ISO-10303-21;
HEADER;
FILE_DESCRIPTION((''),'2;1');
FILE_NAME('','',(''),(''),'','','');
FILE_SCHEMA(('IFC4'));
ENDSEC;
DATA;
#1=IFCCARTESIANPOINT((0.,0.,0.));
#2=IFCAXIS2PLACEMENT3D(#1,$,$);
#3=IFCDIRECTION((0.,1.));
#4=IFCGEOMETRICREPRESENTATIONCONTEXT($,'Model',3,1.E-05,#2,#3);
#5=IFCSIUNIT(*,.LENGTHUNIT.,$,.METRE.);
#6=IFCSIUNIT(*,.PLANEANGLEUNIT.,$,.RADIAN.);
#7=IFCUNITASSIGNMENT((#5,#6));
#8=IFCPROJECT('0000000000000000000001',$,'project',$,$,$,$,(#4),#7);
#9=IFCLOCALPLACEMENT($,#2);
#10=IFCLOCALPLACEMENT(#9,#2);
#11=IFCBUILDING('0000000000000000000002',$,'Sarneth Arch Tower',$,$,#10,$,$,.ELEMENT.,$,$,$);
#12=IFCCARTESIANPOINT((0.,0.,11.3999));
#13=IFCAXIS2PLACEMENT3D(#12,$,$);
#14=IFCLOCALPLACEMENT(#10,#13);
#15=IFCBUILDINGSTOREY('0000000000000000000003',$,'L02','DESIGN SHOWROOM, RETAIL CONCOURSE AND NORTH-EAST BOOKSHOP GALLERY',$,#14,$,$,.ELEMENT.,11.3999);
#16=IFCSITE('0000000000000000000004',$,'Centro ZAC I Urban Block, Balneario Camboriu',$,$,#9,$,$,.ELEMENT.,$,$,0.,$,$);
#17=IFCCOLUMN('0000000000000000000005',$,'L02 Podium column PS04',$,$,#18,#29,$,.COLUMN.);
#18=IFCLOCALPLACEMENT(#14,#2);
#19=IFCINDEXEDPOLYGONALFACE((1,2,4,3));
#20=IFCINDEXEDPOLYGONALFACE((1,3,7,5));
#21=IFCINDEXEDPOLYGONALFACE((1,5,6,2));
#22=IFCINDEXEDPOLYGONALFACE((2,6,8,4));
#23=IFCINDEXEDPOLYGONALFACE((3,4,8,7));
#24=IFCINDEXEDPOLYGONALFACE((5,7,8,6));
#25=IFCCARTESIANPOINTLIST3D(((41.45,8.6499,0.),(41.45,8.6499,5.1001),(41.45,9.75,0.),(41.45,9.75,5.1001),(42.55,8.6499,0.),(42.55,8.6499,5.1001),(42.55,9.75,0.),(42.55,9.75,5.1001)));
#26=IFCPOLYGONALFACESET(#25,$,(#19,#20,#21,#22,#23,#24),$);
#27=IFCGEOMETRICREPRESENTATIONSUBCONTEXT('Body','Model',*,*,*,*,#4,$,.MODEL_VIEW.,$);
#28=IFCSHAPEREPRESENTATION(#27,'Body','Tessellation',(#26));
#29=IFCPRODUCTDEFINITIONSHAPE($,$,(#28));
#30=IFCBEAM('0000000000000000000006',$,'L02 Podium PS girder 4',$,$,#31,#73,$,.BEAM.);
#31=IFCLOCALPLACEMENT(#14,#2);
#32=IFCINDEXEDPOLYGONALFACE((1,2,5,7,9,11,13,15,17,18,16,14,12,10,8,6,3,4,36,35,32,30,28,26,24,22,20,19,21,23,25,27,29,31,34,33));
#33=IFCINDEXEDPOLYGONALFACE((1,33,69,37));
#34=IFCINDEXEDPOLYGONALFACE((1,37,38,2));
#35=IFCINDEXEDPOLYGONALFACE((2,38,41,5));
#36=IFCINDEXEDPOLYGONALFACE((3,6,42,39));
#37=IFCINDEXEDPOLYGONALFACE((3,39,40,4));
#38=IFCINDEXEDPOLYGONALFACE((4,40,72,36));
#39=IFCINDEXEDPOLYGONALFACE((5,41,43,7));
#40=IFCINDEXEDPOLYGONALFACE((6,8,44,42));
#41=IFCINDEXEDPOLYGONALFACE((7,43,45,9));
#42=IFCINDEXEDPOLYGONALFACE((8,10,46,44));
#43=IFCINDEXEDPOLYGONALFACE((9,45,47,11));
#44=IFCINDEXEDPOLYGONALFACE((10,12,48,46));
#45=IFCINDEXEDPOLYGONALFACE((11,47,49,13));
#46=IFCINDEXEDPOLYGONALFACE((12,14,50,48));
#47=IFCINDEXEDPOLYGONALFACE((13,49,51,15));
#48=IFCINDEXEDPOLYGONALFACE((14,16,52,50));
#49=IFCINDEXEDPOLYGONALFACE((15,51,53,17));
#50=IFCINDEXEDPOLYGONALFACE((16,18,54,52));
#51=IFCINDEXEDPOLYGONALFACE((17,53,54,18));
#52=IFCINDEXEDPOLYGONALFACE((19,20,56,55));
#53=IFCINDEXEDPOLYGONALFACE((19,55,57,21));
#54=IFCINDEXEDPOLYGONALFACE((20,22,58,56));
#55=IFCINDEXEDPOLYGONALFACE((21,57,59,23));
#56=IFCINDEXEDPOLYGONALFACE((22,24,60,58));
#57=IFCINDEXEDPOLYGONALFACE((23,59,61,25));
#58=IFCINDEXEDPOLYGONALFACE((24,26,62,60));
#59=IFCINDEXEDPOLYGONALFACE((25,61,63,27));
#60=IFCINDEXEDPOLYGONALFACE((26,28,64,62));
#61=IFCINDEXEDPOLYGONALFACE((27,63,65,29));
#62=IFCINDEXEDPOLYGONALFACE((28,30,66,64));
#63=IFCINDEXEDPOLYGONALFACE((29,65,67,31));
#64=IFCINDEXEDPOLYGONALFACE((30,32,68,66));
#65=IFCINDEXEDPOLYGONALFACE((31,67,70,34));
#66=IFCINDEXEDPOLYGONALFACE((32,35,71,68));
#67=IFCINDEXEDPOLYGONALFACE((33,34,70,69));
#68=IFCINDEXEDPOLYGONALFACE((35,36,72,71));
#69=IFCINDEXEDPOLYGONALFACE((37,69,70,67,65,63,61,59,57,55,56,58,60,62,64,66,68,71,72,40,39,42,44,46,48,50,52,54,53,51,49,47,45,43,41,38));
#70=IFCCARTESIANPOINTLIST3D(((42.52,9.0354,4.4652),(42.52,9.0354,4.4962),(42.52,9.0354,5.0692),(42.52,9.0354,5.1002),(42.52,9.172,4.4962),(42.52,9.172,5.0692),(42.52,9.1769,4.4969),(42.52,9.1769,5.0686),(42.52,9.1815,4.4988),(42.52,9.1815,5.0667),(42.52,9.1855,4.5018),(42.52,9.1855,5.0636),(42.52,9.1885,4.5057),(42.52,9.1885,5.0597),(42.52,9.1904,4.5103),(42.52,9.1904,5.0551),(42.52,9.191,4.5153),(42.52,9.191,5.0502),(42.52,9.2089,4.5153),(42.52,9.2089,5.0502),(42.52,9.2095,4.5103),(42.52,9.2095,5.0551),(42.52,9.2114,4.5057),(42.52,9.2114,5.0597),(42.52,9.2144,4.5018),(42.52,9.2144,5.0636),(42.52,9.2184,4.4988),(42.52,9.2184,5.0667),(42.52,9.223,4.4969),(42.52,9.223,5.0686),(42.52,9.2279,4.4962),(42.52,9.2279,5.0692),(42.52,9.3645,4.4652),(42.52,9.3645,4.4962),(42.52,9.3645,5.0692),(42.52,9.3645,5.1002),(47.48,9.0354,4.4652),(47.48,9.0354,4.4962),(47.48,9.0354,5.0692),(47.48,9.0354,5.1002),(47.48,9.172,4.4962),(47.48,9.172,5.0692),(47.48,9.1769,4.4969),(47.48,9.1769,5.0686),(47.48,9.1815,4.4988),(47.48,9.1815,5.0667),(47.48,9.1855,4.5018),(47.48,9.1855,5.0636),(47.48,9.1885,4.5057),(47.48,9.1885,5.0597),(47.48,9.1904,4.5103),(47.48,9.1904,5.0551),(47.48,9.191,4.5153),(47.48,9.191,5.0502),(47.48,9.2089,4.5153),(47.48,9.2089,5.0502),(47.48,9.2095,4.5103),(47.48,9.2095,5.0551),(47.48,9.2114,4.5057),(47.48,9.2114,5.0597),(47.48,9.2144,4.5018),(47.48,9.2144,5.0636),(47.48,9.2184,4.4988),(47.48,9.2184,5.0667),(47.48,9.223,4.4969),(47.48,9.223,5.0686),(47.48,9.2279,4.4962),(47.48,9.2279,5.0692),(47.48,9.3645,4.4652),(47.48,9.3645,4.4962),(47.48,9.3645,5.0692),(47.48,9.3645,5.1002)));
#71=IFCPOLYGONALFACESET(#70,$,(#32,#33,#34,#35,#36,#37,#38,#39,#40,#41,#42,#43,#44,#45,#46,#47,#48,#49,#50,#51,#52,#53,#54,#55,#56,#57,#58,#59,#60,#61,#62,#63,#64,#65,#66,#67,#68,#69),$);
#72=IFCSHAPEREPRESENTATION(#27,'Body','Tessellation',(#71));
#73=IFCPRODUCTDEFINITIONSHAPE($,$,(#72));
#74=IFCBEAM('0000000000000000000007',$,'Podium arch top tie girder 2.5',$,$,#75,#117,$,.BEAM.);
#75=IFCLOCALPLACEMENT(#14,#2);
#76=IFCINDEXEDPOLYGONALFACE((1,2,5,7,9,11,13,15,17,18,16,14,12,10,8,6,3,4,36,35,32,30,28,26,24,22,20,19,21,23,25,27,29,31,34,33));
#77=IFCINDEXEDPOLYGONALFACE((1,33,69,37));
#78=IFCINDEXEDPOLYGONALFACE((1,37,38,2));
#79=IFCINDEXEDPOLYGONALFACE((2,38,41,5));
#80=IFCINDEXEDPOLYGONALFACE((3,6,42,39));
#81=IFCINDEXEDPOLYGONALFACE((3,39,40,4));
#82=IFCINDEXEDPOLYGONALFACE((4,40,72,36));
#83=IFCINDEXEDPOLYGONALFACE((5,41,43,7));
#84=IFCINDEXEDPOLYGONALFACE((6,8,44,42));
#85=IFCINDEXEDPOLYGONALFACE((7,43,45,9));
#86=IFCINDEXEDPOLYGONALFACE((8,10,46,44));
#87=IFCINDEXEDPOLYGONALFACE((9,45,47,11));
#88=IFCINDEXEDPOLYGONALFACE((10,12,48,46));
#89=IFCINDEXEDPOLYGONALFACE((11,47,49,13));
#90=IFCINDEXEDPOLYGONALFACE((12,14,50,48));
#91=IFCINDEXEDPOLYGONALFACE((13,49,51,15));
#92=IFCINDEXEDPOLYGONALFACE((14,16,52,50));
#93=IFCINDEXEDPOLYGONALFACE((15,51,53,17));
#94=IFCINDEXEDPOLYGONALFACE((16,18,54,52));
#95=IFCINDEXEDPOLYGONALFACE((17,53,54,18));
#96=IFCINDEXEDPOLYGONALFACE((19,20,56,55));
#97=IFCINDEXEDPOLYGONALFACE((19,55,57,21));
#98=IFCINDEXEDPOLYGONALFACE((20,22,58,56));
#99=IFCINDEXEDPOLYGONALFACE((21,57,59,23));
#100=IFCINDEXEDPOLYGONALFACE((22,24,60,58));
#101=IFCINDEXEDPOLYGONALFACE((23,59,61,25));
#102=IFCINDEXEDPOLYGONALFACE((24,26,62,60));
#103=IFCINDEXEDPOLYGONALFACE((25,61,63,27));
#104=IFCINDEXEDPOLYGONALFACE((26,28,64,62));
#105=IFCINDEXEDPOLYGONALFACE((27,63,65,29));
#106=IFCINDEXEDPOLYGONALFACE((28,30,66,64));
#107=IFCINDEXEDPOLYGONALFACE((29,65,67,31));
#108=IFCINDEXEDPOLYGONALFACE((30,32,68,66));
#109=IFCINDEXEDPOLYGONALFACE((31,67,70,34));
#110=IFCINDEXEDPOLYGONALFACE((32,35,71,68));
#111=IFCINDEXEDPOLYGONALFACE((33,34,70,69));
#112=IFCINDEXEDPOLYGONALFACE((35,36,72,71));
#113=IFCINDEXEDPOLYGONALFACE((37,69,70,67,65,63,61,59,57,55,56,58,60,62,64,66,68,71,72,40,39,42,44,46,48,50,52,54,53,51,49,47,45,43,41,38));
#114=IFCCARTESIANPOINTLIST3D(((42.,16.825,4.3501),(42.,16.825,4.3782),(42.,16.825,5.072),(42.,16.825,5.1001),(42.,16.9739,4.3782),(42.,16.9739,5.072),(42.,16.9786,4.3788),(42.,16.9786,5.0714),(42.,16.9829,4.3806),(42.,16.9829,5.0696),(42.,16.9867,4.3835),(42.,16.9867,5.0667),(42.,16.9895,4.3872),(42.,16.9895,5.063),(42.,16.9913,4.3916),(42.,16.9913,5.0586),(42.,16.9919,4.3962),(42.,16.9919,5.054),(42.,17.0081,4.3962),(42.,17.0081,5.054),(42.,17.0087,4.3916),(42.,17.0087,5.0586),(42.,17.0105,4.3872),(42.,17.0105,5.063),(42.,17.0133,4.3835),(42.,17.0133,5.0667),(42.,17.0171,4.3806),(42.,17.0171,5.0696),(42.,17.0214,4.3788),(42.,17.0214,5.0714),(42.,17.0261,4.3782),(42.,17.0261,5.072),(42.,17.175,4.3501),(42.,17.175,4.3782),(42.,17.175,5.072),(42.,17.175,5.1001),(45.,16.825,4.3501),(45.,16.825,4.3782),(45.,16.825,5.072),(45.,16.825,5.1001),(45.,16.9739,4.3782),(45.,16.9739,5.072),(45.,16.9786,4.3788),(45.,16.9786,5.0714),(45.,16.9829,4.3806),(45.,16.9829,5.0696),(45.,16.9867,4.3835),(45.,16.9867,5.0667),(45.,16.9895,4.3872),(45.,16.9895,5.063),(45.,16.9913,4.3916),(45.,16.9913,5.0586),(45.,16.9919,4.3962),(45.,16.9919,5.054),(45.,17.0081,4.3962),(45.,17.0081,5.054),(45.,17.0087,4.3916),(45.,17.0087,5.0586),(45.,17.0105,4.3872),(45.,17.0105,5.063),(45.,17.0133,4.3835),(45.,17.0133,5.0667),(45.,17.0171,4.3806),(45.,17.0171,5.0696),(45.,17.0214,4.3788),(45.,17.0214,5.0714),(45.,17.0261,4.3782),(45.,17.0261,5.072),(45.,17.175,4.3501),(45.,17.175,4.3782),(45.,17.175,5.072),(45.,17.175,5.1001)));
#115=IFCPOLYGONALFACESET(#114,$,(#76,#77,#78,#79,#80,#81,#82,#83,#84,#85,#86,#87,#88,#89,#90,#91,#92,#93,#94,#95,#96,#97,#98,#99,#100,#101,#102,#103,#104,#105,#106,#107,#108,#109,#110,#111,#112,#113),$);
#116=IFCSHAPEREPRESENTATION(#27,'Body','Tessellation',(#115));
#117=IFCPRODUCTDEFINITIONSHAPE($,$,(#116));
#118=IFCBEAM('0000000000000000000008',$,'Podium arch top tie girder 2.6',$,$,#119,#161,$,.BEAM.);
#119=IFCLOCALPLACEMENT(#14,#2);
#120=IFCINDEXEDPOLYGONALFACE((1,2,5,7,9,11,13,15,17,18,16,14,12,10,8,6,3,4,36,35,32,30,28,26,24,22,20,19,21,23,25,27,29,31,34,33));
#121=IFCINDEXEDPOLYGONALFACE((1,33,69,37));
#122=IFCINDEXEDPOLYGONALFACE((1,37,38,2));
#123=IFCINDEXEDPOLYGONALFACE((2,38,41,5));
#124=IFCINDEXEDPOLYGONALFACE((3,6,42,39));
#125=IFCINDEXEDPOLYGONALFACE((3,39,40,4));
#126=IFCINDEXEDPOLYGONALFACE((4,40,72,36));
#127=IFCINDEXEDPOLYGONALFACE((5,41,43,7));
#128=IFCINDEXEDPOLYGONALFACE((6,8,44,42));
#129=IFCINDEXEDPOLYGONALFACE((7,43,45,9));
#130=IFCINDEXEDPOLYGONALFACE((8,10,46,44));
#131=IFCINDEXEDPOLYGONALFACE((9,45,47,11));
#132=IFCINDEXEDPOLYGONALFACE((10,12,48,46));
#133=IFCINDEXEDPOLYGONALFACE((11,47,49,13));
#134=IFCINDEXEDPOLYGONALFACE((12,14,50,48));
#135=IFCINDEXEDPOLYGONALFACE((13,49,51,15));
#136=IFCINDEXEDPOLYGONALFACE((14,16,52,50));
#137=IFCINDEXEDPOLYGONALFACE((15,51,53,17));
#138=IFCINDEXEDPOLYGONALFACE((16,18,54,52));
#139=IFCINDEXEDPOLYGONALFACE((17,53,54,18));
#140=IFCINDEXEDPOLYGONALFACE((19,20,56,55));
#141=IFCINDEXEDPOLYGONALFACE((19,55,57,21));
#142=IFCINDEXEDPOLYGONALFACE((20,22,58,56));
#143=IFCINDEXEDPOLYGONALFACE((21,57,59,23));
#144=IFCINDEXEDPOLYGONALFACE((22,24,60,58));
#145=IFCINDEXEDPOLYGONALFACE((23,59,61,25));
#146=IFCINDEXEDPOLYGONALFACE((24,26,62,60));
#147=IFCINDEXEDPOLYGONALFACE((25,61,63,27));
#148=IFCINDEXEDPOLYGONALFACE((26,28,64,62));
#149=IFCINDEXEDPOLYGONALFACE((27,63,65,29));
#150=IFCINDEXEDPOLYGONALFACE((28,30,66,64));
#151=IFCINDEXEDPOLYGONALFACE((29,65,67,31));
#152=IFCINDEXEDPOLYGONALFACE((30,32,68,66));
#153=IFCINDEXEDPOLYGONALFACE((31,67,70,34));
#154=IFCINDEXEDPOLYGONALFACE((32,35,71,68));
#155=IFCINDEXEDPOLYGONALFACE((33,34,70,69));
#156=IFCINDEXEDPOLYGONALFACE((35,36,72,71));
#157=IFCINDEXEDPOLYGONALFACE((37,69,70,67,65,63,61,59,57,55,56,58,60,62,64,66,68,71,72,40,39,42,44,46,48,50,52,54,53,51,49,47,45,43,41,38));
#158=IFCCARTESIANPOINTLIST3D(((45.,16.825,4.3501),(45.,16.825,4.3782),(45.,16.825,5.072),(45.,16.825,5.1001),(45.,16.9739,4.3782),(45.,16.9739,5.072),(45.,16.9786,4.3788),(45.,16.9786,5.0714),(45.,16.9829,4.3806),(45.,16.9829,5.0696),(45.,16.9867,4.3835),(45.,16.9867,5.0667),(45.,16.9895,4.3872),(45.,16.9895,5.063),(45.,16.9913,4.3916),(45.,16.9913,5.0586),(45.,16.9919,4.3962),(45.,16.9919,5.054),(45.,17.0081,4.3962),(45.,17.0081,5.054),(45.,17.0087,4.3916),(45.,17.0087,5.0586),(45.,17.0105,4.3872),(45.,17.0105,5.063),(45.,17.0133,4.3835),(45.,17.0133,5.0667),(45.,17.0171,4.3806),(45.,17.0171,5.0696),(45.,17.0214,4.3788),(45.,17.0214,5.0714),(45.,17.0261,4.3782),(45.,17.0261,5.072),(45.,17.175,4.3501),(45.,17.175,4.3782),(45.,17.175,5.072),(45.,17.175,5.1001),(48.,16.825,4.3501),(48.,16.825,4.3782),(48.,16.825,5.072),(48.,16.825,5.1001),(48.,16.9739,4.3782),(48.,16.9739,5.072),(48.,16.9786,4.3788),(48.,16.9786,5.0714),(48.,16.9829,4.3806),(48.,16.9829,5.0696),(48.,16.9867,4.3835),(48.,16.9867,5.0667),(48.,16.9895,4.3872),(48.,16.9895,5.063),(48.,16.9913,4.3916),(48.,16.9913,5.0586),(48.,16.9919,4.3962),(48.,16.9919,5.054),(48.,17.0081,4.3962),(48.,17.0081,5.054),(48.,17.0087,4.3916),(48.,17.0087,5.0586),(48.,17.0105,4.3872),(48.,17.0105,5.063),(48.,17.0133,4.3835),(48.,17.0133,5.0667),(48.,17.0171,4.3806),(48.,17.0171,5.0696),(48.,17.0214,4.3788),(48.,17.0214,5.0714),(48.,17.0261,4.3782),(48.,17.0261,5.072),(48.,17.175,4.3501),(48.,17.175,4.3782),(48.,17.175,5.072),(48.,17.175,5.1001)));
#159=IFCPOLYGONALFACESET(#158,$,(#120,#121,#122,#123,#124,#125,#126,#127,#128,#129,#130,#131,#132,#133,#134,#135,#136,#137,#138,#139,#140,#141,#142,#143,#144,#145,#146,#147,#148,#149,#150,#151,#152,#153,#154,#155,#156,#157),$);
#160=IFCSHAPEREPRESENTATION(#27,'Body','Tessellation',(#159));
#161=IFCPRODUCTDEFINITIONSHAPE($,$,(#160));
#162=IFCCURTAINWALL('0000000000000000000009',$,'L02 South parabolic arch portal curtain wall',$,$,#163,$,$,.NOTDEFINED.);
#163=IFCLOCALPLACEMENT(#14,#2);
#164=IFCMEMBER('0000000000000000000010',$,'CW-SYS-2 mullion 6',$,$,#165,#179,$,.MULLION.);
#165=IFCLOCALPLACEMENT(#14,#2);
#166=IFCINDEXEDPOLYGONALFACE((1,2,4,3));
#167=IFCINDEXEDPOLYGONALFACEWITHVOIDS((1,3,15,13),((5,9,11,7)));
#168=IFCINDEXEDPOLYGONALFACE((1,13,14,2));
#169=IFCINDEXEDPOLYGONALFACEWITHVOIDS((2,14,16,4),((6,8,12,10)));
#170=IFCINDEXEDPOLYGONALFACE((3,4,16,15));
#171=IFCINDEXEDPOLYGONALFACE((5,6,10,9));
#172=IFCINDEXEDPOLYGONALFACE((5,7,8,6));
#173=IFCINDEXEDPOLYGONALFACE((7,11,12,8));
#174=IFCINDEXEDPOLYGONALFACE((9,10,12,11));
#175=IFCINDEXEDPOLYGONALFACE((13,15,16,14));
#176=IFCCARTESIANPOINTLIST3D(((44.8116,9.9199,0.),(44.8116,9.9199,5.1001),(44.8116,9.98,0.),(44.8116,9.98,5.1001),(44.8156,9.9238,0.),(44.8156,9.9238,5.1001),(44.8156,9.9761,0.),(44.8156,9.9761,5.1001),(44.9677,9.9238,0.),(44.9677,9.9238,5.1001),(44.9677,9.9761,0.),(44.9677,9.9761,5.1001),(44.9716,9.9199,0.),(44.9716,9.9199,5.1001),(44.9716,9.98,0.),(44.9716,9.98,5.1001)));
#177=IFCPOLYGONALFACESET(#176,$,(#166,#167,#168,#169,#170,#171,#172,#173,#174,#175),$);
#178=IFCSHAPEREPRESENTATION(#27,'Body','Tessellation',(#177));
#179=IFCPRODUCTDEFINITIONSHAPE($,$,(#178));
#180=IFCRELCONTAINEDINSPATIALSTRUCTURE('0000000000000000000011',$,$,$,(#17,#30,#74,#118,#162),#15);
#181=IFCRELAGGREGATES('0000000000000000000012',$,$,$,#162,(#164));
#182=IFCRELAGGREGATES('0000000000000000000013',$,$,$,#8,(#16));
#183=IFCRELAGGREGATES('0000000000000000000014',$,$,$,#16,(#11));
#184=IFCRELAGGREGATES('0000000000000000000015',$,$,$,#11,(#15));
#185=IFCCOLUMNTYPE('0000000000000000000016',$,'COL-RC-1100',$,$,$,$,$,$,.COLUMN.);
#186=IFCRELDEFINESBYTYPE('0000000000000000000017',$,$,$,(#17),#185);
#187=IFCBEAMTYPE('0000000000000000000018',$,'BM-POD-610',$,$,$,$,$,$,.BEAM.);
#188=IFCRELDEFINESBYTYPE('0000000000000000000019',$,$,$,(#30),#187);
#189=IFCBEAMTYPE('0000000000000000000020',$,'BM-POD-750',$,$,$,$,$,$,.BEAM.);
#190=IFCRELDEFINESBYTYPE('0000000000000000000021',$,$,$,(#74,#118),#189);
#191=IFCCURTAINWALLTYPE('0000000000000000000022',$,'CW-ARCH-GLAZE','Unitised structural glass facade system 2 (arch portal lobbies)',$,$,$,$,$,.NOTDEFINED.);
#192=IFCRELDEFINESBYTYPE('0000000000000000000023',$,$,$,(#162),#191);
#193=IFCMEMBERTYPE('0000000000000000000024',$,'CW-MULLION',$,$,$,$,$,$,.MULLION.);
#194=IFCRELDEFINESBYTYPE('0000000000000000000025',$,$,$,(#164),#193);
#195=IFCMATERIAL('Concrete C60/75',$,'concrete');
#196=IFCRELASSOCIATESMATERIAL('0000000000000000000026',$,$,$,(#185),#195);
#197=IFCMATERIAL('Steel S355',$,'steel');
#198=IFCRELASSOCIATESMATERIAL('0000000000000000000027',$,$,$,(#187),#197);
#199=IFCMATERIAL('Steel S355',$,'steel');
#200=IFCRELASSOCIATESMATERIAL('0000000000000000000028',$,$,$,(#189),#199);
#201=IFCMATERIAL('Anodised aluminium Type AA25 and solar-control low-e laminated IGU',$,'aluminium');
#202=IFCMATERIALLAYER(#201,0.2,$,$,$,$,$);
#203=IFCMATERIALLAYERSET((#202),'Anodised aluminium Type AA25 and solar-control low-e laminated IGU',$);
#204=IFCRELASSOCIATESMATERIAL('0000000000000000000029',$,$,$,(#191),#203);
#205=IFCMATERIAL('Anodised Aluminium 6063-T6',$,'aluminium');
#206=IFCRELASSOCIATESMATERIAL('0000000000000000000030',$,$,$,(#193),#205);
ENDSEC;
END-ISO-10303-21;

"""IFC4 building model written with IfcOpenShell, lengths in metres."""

from ifc_helpers import new_model, si_unit, direction, frame, origin, origin_2d, place, context, subcontext, project, spatial, rectangle, hollow_rectangle, i_section, extrude, material, layer, layer_set, material_profile, profile_set, type_object, element, aggregate, save


model = new_model("IFC4")

# Units and contexts
model_context = context("Model", 3, precision=1e-05, world=origin(), true_north=direction((0.0, 1.0)))
body_context = subcontext(model_context, "Body", "Model", "MODEL_VIEW")
ifc_project = project(units=[si_unit("LENGTHUNIT", "METRE"), si_unit("PLANEANGLEUNIT", "RADIAN")], contexts=[model_context])

# Site, building, storey
site_placement = place(None, origin())
site = spatial("IfcSite", under=ifc_project, at=site_placement, Name="Centro ZAC I Urban Block, Balneario Camboriu", CompositionType="ELEMENT", RefElevation=0.0)
building_placement = place(site_placement, origin())
building = spatial("IfcBuilding", under=site, at=building_placement, Name="Sarneth Arch Tower", CompositionType="ELEMENT")
storey_placement = place(building_placement, frame((0.0, 0.0, 11.3999)))
storey = spatial("IfcBuildingStorey", under=building, at=storey_placement, Name="L02", Description="DESIGN SHOWROOM, RETAIL CONCOURSE AND NORTH-EAST BOOKSHOP GALLERY", CompositionType="ELEMENT", Elevation=11.3999)

# Column
ifc_material_1 = material(Name="Concrete C60/75", Category="concrete")
ifc_material_profile_1 = material_profile(ifc_material_1, rectangle(XDim=1.1001, YDim=1.1001, at=origin_2d()), Name="RC-1100x1100")
ifc_profile_set_1 = profile_set([ifc_material_profile_1], Name="Concrete C60/75")
column_type = type_object("IfcColumnType", Name="COL-RC-1100", PredefinedType="COLUMN", material=ifc_profile_set_1)
column_placement = place(storey_placement, frame((42.0, 9.2, 0.0), z_axis=(0.0, 0.0, 1.0), x_axis=(1.0, 0.0, 0.0)))
element("IfcColumn", 1, at=column_placement, inside=storey, type_object=column_type, Name="L02 Podium column PS04", PredefinedType="COLUMN", context=body_context, shape_type="SweptSolid", body=[
    extrude(rectangle(XDim=1.1001, YDim=1.1001, at=origin_2d()), origin(), (0.0, 0.0, 1.0), 5.1001),
])

# Beams
ifc_material_2 = material(Name="Steel S355", Category="steel")
ifc_material_profile_2 = material_profile(ifc_material_2, i_section(OverallWidth=0.3291, OverallDepth=0.635, WebThickness=0.0178, FlangeThickness=0.031, FilletRadius=0.019, at=origin_2d()), Name="W610x241")
ifc_profile_set_2 = profile_set([ifc_material_profile_2], Name="Steel S355")
beam_type_1 = type_object("IfcBeamType", Name="BM-POD-610", PredefinedType="BEAM", material=ifc_profile_set_2)
beam_placement = place(storey_placement, frame((42.52, 9.2, 4.7827), z_axis=(1.0, 0.0, 0.0), x_axis=(0.0, 1.0, 0.0)))
element("IfcBeam", 2, at=beam_placement, inside=storey, type_object=beam_type_1, Name="L02 Podium PS girder 4", PredefinedType="BEAM", context=body_context, shape_type="SweptSolid", body=[
    extrude(i_section(OverallWidth=0.3291, OverallDepth=0.635, WebThickness=0.0178, FlangeThickness=0.031, FilletRadius=0.019, at=origin_2d()), origin(), (0.0, 0.0, 1.0), 4.96),
])
ifc_material_3 = material(Name="Steel S355", Category="steel")
ifc_material_profile_3 = material_profile(ifc_material_3, i_section(OverallWidth=0.3501, OverallDepth=0.75, WebThickness=0.0161, FlangeThickness=0.0281, FilletRadius=0.0181, at=origin_2d()), Name="CVS750x268")
ifc_profile_set_3 = profile_set([ifc_material_profile_3], Name="Steel S355")
beam_type_2 = type_object("IfcBeamType", Name="BM-POD-750", PredefinedType="BEAM", material=ifc_profile_set_3)
for number, where, z_axis, x_axis, name in (
    (3, (42.0, 17.0, 4.7251), (1.0, 0.0, 0.0), (0.0, 1.0, 0.0), "Podium arch top tie girder 2.5"),
    (4, (45.0, 17.0, 4.7251), (1.0, 0.0, 0.0), (0.0, 1.0, 0.0), "Podium arch top tie girder 2.6"),
):
    element("IfcBeam", number, at=place(storey_placement, frame(where, z_axis=z_axis, x_axis=x_axis)), inside=storey, type_object=beam_type_2, Name=name, PredefinedType="BEAM", context=body_context, shape_type="SweptSolid", body=[
        extrude(i_section(OverallWidth=0.3501, OverallDepth=0.75, WebThickness=0.0161, FlangeThickness=0.0281, FilletRadius=0.0181, at=origin_2d()), origin(), (0.0, 0.0, 1.0), 3.0),
    ])

# Curtain wall, member
ifc_material_4 = material(Name="Anodised aluminium Type AA25 and solar-control low-e laminated IGU", Category="aluminium")
ifc_layer_1 = layer(ifc_material_4, 0.2)
ifc_layer_set_1 = layer_set([ifc_layer_1], Name="Anodised aluminium Type AA25 and solar-control low-e laminated IGU")
curtain_wall_type = type_object("IfcCurtainWallType", Name="CW-ARCH-GLAZE", Description="Unitised structural glass facade system 2 (arch portal lobbies)", PredefinedType="NOTDEFINED", material=ifc_layer_set_1)
curtain_wall_placement = place(storey_placement, origin())
curtain_wall = element("IfcCurtainWall", 5, at=curtain_wall_placement, inside=storey, type_object=curtain_wall_type, Name="L02 South parabolic arch portal curtain wall", PredefinedType="NOTDEFINED")
ifc_material_5 = material(Name="Anodised Aluminium 6063-T6", Category="aluminium")
ifc_material_profile_4 = material_profile(ifc_material_5, hollow_rectangle(XDim=0.0601, YDim=0.1599, WallThickness=0.0039, at=origin_2d()), Name="AL-MULL-160x60x4")
ifc_profile_set_4 = profile_set([ifc_material_profile_4], Name="Anodised Aluminium 6063-T6")
member_type_1 = type_object("IfcMemberType", Name="CW-MULLION", PredefinedType="MULLION", material=ifc_profile_set_4)
member_1_placement = place(storey_placement, frame((44.8916, 9.95, 0.0), z_axis=(0.0, 0.0, 1.0), x_axis=(0.0, 1.0, 0.0)))
member_1 = element("IfcMember", 6, at=member_1_placement, type_object=member_type_1, Name="CW-SYS-2 mullion 6", PredefinedType="MULLION", context=body_context, shape_type="SweptSolid", body=[
    extrude(hollow_rectangle(XDim=0.0601, YDim=0.1599, WallThickness=0.0039, at=origin_2d()), origin(), (0.0, 0.0, 1.0), 5.1001),
])

aggregate(curtain_wall, [member_1])

save(model, "model.ifc")
